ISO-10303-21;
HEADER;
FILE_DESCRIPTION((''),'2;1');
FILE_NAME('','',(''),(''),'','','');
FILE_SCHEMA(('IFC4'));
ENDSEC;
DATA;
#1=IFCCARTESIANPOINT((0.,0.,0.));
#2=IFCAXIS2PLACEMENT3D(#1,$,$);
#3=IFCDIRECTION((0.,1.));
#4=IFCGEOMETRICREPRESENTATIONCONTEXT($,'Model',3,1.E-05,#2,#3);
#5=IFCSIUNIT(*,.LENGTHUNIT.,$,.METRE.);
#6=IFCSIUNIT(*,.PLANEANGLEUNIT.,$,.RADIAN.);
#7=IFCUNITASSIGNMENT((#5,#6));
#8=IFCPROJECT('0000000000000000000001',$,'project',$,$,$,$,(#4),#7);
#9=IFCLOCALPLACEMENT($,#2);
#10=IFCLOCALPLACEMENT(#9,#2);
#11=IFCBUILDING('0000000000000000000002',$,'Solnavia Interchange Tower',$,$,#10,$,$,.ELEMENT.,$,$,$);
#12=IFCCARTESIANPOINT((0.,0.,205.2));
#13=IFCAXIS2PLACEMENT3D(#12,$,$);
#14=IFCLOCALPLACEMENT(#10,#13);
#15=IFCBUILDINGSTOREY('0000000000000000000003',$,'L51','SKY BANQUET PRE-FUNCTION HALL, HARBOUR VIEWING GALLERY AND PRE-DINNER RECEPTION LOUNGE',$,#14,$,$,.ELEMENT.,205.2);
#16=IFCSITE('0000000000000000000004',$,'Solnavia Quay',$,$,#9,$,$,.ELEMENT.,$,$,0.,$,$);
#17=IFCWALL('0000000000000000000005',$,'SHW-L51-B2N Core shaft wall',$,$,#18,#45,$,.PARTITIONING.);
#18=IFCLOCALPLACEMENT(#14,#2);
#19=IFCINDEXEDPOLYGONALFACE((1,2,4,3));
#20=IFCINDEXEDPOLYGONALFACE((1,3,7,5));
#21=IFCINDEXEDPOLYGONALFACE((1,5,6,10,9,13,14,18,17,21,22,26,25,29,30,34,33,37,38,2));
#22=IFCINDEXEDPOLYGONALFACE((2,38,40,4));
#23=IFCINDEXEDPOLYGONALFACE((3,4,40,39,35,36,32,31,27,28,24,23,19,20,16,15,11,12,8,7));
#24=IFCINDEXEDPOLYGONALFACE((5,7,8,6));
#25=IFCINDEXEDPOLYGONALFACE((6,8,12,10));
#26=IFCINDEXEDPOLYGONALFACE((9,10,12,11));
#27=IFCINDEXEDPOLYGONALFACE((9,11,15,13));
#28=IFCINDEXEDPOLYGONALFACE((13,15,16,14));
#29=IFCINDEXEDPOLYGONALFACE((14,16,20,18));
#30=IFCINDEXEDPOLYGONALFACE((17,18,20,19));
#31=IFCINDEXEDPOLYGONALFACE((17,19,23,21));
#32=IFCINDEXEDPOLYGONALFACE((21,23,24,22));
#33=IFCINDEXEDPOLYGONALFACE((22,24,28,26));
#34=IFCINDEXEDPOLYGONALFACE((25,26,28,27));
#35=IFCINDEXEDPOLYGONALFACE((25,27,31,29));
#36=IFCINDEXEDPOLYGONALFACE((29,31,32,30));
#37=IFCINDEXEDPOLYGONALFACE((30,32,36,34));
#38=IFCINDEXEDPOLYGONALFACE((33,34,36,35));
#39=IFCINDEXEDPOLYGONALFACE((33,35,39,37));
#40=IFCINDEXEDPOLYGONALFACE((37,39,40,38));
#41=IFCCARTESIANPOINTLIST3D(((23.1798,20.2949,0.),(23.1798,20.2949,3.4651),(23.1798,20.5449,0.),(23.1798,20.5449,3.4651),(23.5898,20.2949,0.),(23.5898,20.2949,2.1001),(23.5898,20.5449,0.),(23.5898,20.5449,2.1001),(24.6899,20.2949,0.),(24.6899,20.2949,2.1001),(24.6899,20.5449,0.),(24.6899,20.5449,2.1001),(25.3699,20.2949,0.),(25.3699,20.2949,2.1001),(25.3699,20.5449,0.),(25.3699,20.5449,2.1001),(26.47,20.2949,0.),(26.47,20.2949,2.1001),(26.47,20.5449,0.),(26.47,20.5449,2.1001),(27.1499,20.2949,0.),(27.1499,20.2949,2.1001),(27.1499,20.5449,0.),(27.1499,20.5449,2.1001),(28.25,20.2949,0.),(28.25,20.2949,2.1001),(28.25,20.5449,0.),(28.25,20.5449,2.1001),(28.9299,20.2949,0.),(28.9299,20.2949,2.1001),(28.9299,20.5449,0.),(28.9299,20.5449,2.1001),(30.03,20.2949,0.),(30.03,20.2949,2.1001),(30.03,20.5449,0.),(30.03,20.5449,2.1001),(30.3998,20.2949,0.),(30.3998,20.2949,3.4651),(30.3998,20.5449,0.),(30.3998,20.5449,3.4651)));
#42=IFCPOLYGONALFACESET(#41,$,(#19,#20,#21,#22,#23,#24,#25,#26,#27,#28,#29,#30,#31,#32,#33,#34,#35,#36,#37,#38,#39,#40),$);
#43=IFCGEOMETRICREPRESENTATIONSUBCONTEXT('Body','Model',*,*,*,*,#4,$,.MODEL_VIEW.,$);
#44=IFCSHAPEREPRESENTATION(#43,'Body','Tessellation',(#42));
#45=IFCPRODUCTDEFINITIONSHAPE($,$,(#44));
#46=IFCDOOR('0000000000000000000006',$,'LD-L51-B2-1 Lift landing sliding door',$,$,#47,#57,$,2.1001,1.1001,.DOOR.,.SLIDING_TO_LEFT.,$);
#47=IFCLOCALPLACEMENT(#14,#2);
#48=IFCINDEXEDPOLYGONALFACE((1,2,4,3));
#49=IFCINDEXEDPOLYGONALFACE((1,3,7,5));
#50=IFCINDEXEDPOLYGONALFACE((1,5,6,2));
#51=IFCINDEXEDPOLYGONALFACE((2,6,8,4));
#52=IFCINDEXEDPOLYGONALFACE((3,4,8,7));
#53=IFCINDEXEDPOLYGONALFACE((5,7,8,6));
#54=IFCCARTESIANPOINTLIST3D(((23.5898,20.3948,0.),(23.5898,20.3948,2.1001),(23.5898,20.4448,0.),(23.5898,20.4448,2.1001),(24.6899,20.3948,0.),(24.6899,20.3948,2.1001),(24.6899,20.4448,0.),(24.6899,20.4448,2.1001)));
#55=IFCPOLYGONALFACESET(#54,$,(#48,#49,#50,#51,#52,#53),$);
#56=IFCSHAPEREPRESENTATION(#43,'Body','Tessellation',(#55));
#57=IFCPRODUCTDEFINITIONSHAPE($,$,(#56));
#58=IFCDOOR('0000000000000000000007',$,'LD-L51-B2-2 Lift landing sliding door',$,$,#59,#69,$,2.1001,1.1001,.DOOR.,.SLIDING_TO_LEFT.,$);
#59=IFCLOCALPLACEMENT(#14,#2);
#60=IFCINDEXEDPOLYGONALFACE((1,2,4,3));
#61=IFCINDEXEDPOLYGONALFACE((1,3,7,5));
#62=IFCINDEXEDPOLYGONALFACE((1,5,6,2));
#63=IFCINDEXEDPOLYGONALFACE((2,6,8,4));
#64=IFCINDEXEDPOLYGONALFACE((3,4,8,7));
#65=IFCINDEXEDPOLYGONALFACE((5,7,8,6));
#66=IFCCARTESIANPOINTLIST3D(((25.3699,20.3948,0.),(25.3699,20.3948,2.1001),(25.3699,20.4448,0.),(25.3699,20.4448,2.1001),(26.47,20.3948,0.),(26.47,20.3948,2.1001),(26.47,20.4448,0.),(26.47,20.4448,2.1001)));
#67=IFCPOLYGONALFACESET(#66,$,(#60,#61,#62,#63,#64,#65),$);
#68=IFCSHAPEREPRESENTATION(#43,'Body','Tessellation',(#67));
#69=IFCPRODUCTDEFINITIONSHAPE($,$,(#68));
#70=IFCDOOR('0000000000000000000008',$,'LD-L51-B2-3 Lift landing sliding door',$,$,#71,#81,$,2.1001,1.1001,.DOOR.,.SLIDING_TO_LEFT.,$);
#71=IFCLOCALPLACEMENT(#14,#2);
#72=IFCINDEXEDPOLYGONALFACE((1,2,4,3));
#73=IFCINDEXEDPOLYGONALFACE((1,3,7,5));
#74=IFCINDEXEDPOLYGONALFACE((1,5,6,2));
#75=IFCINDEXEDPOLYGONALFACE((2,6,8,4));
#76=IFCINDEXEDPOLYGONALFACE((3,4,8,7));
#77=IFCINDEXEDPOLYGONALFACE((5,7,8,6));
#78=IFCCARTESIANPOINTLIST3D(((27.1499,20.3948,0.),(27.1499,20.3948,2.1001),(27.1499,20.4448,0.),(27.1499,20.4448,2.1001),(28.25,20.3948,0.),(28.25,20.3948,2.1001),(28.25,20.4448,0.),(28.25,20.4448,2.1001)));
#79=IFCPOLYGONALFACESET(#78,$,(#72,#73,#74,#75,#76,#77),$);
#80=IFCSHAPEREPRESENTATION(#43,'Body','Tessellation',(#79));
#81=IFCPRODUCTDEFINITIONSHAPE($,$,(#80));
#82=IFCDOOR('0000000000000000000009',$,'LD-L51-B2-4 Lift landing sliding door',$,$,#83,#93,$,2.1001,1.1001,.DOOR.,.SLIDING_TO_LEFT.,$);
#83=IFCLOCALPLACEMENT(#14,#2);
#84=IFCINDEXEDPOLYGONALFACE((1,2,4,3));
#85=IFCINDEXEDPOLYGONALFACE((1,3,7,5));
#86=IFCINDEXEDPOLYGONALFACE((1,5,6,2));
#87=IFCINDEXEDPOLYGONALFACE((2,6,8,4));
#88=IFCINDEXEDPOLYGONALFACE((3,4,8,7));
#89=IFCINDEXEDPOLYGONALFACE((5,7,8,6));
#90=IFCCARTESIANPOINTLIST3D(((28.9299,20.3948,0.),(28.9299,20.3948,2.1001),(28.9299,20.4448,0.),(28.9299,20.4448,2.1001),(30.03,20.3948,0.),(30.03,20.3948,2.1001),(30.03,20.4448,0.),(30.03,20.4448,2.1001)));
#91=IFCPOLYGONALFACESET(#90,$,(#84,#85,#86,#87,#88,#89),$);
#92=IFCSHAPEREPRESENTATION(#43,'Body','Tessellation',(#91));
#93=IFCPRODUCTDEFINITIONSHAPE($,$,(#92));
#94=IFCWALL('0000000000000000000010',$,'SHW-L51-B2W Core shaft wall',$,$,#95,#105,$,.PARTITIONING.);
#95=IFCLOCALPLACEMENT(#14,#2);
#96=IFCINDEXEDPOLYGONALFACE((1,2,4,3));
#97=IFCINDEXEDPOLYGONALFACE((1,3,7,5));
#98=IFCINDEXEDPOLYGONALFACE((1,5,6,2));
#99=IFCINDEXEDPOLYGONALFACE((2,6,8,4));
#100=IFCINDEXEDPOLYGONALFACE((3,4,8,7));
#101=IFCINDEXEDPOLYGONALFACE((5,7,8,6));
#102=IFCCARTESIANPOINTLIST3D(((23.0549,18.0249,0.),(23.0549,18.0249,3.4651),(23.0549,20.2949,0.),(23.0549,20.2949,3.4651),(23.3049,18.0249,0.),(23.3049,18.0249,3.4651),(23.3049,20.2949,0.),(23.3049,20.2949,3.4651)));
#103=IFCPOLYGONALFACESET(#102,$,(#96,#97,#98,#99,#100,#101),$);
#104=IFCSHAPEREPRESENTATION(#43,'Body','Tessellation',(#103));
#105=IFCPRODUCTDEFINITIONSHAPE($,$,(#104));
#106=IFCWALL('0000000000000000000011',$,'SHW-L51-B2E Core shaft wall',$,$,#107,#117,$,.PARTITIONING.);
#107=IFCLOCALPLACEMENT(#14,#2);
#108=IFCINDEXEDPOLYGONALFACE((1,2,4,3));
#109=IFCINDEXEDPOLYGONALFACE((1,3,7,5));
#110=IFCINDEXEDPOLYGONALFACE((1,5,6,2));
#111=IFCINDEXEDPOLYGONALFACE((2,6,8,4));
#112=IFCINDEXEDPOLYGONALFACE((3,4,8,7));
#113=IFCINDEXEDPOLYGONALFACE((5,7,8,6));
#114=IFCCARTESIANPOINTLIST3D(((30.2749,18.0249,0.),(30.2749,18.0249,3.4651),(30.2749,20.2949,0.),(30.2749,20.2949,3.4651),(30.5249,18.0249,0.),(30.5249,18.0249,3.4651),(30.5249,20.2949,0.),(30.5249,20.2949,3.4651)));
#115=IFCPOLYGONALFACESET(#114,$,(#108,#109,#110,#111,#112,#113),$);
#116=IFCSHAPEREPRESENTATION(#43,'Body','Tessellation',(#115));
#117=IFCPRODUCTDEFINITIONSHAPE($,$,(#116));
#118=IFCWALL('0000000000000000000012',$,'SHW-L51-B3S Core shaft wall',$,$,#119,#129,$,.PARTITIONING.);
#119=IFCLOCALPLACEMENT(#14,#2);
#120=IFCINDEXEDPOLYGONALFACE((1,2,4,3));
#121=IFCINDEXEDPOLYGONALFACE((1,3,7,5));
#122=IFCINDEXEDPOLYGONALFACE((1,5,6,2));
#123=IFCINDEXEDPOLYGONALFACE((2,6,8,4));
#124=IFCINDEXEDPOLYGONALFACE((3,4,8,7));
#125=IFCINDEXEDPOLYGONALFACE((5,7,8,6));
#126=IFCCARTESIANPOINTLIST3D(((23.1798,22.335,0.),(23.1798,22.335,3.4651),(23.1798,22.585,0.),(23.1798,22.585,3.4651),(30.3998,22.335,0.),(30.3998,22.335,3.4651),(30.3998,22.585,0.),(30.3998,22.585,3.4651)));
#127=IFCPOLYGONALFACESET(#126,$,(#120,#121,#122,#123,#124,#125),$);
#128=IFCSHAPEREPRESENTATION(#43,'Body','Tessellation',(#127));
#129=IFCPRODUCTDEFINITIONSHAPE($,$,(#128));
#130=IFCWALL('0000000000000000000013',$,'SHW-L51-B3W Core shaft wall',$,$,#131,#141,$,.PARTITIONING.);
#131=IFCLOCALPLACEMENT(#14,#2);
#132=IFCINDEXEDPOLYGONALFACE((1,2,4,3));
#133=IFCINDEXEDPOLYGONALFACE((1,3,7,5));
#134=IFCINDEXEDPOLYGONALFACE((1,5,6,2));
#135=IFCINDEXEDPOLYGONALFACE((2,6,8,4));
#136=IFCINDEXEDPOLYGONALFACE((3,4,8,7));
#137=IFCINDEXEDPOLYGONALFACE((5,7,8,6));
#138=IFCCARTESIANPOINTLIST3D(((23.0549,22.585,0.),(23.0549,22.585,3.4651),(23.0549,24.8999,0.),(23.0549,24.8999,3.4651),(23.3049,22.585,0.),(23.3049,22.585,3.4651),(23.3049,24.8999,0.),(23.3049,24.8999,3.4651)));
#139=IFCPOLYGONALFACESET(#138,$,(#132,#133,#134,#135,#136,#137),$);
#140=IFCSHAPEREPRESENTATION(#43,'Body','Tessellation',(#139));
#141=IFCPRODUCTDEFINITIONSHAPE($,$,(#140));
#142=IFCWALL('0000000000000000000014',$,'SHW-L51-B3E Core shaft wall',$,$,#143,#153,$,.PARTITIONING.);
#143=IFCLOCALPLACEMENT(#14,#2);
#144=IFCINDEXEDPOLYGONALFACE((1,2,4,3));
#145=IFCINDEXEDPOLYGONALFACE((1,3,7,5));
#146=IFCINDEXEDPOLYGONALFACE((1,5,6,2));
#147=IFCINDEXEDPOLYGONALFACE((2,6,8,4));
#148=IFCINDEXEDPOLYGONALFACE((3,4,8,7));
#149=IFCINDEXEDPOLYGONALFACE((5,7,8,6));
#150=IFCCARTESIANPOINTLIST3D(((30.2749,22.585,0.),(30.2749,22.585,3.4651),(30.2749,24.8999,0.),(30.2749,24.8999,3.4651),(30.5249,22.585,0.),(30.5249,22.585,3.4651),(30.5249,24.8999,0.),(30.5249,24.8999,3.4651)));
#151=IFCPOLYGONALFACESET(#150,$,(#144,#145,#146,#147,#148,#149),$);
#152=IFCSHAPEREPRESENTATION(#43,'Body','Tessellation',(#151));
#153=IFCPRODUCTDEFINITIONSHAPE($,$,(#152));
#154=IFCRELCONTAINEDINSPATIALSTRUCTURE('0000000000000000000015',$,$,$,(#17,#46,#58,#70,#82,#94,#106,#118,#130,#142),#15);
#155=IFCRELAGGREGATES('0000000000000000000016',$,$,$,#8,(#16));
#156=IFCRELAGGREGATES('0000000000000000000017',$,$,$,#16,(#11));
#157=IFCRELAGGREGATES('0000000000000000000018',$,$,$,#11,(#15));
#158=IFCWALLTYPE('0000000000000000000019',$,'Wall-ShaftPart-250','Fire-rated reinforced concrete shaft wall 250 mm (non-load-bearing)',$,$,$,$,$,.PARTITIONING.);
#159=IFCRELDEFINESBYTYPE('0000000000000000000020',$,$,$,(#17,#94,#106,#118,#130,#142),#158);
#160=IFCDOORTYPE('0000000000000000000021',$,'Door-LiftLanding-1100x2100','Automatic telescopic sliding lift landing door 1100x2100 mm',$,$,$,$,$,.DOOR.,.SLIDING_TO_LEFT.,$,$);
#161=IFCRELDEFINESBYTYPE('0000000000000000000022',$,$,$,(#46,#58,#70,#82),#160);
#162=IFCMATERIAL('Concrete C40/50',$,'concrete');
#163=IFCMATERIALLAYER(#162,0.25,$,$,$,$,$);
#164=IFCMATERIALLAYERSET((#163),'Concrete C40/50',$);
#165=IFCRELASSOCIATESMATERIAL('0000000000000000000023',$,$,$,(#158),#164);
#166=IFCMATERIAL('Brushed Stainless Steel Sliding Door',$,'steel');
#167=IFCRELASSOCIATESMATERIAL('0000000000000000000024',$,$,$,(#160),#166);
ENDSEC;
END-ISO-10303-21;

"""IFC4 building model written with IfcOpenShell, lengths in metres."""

from ifc_helpers import new_model, si_unit, direction, frame, frame_2d, origin, place, context, subcontext, project, spatial, rectangle, extrude, material, layer, layer_set, type_object, element, fill, save


model = new_model("IFC4")

# Units and contexts
model_context = context("Model", 3, precision=1e-05, world=origin(), true_north=direction((0.0, 1.0)))
body_context = subcontext(model_context, "Body", "Model", "MODEL_VIEW")
ifc_project = project(units=[si_unit("LENGTHUNIT", "METRE"), si_unit("PLANEANGLEUNIT", "RADIAN")], contexts=[model_context])

# Site, building, storey
site_placement = place(None, origin())
site = spatial("IfcSite", under=ifc_project, at=site_placement, Name="Solnavia Quay", CompositionType="ELEMENT", RefElevation=0.0)
building_placement = place(site_placement, origin())
building = spatial("IfcBuilding", under=site, at=building_placement, Name="Solnavia Interchange Tower", CompositionType="ELEMENT")
storey_placement = place(building_placement, frame((0.0, 0.0, 205.2)))
storey = spatial("IfcBuildingStorey", under=building, at=storey_placement, Name="L51", Description="SKY BANQUET PRE-FUNCTION HALL, HARBOUR VIEWING GALLERY AND PRE-DINNER RECEPTION LOUNGE", CompositionType="ELEMENT", Elevation=205.2)

# Shared definitions
ifc_material_1 = material(Name="Concrete C40/50", Category="concrete")

# Shared definitions
ifc_layer_1 = layer(ifc_material_1, 0.25)
ifc_layer_set_1 = layer_set([ifc_layer_1], Name="Concrete C40/50")
wall_type_1 = type_object("IfcWallType", Name="Wall-ShaftPart-250", Description="Fire-rated reinforced concrete shaft wall 250 mm (non-load-bearing)", PredefinedType="PARTITIONING", material=ifc_layer_set_1)

# Shared definitions
ifc_material_2 = material(Name="Brushed Stainless Steel Sliding Door", Category="steel")
door_type_1 = type_object("IfcDoorType", Name="Door-LiftLanding-1100x2100", Description="Automatic telescopic sliding lift landing door 1100x2100 mm", OperationType="SLIDING_TO_LEFT", PredefinedType="DOOR", material=ifc_material_2)

# Wall, openings, doors
wall_1_placement = place(storey_placement, frame((23.1799, 20.4199, 0.0), z_axis=(0.0, 0.0, 1.0), x_axis=(1.0, 0.0, 0.0)))
wall_1 = element("IfcWall", 1, at=wall_1_placement, inside=storey, type_object=wall_type_1, Name="SHW-L51-B2N Core shaft wall", PredefinedType="PARTITIONING", context=body_context, shape_type="SweptSolid", body=[
    extrude(rectangle(XDim=7.22, YDim=0.25, at=frame_2d((3.6099, 0.0))), origin(), (0.0, 0.0, 1.0), 3.4651),
])
opening_1_placement = place(wall_1_placement, frame((0.4099, 0.0, 0.0)))
opening_1 = element("IfcOpeningElement", 2, at=opening_1_placement, cuts=wall_1, PredefinedType="OPENING", context=body_context, shape_type="SweptSolid", body=[
    extrude(rectangle(XDim=1.1001, YDim=2.1001, at=frame_2d((0.55, 1.05))), frame((0.0, 0.135, 0.0), z_axis=(0.0, -1.0, 0.0), x_axis=(1.0, 0.0, 0.0)), (0.0, 0.0, 1.0), 0.27),
])
opening_2_placement = place(wall_1_placement, frame((2.1899, 0.0, 0.0)))
opening_2 = element("IfcOpeningElement", 3, at=opening_2_placement, cuts=wall_1, PredefinedType="OPENING", context=body_context, shape_type="SweptSolid", body=[
    extrude(rectangle(XDim=1.1001, YDim=2.1001, at=frame_2d((0.55, 1.05))), frame((0.0, 0.135, 0.0), z_axis=(0.0, -1.0, 0.0), x_axis=(1.0, 0.0, 0.0)), (0.0, 0.0, 1.0), 0.27),
])
opening_3_placement = place(wall_1_placement, frame((3.97, 0.0, 0.0)))
opening_3 = element("IfcOpeningElement", 4, at=opening_3_placement, cuts=wall_1, PredefinedType="OPENING", context=body_context, shape_type="SweptSolid", body=[
    extrude(rectangle(XDim=1.1001, YDim=2.1001, at=frame_2d((0.55, 1.05))), frame((0.0, 0.135, 0.0), z_axis=(0.0, -1.0, 0.0), x_axis=(1.0, 0.0, 0.0)), (0.0, 0.0, 1.0), 0.27),
])
opening_4_placement = place(wall_1_placement, frame((5.75, 0.0, 0.0)))
opening_4 = element("IfcOpeningElement", 5, at=opening_4_placement, cuts=wall_1, PredefinedType="OPENING", context=body_context, shape_type="SweptSolid", body=[
    extrude(rectangle(XDim=1.1001, YDim=2.1001, at=frame_2d((0.55, 1.05))), frame((0.0, 0.135, 0.0), z_axis=(0.0, -1.0, 0.0), x_axis=(1.0, 0.0, 0.0)), (0.0, 0.0, 1.0), 0.27),
])
door_1_placement = place(opening_1_placement, origin())
door_1 = element("IfcDoor", 6, at=door_1_placement, inside=storey, type_object=door_type_1, Name="LD-L51-B2-1 Lift landing sliding door", OperationType="SLIDING_TO_LEFT", OverallHeight=2.1001, OverallWidth=1.1001, PredefinedType="DOOR", context=body_context, shape_type="SweptSolid", body=[
    extrude(rectangle(XDim=1.1001, YDim=2.1001, at=frame_2d((0.55, 1.05))), frame((0.0, 0.0249, 0.0), z_axis=(0.0, -1.0, 0.0), x_axis=(1.0, 0.0, 0.0)), (0.0, 0.0, 1.0), 0.05),
])
fill(opening_1, door_1)
door_2_placement = place(opening_2_placement, origin())
door_2 = element("IfcDoor", 7, at=door_2_placement, inside=storey, type_object=door_type_1, Name="LD-L51-B2-2 Lift landing sliding door", OperationType="SLIDING_TO_LEFT", OverallHeight=2.1001, OverallWidth=1.1001, PredefinedType="DOOR", context=body_context, shape_type="SweptSolid", body=[
    extrude(rectangle(XDim=1.1001, YDim=2.1001, at=frame_2d((0.55, 1.05))), frame((0.0, 0.0249, 0.0), z_axis=(0.0, -1.0, 0.0), x_axis=(1.0, 0.0, 0.0)), (0.0, 0.0, 1.0), 0.05),
])
fill(opening_2, door_2)
door_3_placement = place(opening_3_placement, origin())
door_3 = element("IfcDoor", 8, at=door_3_placement, inside=storey, type_object=door_type_1, Name="LD-L51-B2-3 Lift landing sliding door", OperationType="SLIDING_TO_LEFT", OverallHeight=2.1001, OverallWidth=1.1001, PredefinedType="DOOR", context=body_context, shape_type="SweptSolid", body=[
    extrude(rectangle(XDim=1.1001, YDim=2.1001, at=frame_2d((0.55, 1.05))), frame((0.0, 0.0249, 0.0), z_axis=(0.0, -1.0, 0.0), x_axis=(1.0, 0.0, 0.0)), (0.0, 0.0, 1.0), 0.05),
])
fill(opening_3, door_3)
door_4_placement = place(opening_4_placement, origin())
door_4 = element("IfcDoor", 9, at=door_4_placement, inside=storey, type_object=door_type_1, Name="LD-L51-B2-4 Lift landing sliding door", OperationType="SLIDING_TO_LEFT", OverallHeight=2.1001, OverallWidth=1.1001, PredefinedType="DOOR", context=body_context, shape_type="SweptSolid", body=[
    extrude(rectangle(XDim=1.1001, YDim=2.1001, at=frame_2d((0.55, 1.05))), frame((0.0, 0.0249, 0.0), z_axis=(0.0, -1.0, 0.0), x_axis=(1.0, 0.0, 0.0)), (0.0, 0.0, 1.0), 0.05),
])
fill(opening_4, door_4)

# Walls
for number, where, z_axis, x_axis, name in (
    (10, (23.1799, 18.0249, 0.0), (0.0, 0.0, 1.0), (0.0, 1.0, 0.0), "SHW-L51-B2W Core shaft wall"),
    (11, (30.3999, 18.0249, 0.0), (0.0, 0.0, 1.0), (0.0, 1.0, 0.0), "SHW-L51-B2E Core shaft wall"),
):
    element("IfcWall", number, at=place(storey_placement, frame(where, z_axis=z_axis, x_axis=x_axis)), inside=storey, type_object=wall_type_1, Name=name, PredefinedType="PARTITIONING", context=body_context, shape_type="SweptSolid", body=[
        extrude(rectangle(XDim=2.27, YDim=0.25, at=frame_2d((1.135, 0.0))), origin(), (0.0, 0.0, 1.0), 3.4651),
    ])
wall_2_placement = place(storey_placement, frame((23.1799, 22.46, 0.0), z_axis=(0.0, 0.0, 1.0), x_axis=(1.0, 0.0, 0.0)))
element("IfcWall", 12, at=wall_2_placement, inside=storey, type_object=wall_type_1, Name="SHW-L51-B3S Core shaft wall", PredefinedType="PARTITIONING", context=body_context, shape_type="SweptSolid", body=[
    extrude(rectangle(XDim=7.22, YDim=0.25, at=frame_2d((3.6099, 0.0))), origin(), (0.0, 0.0, 1.0), 3.4651),
])
for number, where, z_axis, x_axis, name in (
    (13, (23.1799, 22.585, 0.0), (0.0, 0.0, 1.0), (0.0, 1.0, 0.0), "SHW-L51-B3W Core shaft wall"),
    (14, (30.3999, 22.585, 0.0), (0.0, 0.0, 1.0), (0.0, 1.0, 0.0), "SHW-L51-B3E Core shaft wall"),
):
    element("IfcWall", number, at=place(storey_placement, frame(where, z_axis=z_axis, x_axis=x_axis)), inside=storey, type_object=wall_type_1, Name=name, PredefinedType="PARTITIONING", context=body_context, shape_type="SweptSolid", body=[
        extrude(rectangle(XDim=2.3149, YDim=0.25, at=frame_2d((1.1575, 0.0))), origin(), (0.0, 0.0, 1.0), 3.4651),
    ])

save(model, "model.ifc")
